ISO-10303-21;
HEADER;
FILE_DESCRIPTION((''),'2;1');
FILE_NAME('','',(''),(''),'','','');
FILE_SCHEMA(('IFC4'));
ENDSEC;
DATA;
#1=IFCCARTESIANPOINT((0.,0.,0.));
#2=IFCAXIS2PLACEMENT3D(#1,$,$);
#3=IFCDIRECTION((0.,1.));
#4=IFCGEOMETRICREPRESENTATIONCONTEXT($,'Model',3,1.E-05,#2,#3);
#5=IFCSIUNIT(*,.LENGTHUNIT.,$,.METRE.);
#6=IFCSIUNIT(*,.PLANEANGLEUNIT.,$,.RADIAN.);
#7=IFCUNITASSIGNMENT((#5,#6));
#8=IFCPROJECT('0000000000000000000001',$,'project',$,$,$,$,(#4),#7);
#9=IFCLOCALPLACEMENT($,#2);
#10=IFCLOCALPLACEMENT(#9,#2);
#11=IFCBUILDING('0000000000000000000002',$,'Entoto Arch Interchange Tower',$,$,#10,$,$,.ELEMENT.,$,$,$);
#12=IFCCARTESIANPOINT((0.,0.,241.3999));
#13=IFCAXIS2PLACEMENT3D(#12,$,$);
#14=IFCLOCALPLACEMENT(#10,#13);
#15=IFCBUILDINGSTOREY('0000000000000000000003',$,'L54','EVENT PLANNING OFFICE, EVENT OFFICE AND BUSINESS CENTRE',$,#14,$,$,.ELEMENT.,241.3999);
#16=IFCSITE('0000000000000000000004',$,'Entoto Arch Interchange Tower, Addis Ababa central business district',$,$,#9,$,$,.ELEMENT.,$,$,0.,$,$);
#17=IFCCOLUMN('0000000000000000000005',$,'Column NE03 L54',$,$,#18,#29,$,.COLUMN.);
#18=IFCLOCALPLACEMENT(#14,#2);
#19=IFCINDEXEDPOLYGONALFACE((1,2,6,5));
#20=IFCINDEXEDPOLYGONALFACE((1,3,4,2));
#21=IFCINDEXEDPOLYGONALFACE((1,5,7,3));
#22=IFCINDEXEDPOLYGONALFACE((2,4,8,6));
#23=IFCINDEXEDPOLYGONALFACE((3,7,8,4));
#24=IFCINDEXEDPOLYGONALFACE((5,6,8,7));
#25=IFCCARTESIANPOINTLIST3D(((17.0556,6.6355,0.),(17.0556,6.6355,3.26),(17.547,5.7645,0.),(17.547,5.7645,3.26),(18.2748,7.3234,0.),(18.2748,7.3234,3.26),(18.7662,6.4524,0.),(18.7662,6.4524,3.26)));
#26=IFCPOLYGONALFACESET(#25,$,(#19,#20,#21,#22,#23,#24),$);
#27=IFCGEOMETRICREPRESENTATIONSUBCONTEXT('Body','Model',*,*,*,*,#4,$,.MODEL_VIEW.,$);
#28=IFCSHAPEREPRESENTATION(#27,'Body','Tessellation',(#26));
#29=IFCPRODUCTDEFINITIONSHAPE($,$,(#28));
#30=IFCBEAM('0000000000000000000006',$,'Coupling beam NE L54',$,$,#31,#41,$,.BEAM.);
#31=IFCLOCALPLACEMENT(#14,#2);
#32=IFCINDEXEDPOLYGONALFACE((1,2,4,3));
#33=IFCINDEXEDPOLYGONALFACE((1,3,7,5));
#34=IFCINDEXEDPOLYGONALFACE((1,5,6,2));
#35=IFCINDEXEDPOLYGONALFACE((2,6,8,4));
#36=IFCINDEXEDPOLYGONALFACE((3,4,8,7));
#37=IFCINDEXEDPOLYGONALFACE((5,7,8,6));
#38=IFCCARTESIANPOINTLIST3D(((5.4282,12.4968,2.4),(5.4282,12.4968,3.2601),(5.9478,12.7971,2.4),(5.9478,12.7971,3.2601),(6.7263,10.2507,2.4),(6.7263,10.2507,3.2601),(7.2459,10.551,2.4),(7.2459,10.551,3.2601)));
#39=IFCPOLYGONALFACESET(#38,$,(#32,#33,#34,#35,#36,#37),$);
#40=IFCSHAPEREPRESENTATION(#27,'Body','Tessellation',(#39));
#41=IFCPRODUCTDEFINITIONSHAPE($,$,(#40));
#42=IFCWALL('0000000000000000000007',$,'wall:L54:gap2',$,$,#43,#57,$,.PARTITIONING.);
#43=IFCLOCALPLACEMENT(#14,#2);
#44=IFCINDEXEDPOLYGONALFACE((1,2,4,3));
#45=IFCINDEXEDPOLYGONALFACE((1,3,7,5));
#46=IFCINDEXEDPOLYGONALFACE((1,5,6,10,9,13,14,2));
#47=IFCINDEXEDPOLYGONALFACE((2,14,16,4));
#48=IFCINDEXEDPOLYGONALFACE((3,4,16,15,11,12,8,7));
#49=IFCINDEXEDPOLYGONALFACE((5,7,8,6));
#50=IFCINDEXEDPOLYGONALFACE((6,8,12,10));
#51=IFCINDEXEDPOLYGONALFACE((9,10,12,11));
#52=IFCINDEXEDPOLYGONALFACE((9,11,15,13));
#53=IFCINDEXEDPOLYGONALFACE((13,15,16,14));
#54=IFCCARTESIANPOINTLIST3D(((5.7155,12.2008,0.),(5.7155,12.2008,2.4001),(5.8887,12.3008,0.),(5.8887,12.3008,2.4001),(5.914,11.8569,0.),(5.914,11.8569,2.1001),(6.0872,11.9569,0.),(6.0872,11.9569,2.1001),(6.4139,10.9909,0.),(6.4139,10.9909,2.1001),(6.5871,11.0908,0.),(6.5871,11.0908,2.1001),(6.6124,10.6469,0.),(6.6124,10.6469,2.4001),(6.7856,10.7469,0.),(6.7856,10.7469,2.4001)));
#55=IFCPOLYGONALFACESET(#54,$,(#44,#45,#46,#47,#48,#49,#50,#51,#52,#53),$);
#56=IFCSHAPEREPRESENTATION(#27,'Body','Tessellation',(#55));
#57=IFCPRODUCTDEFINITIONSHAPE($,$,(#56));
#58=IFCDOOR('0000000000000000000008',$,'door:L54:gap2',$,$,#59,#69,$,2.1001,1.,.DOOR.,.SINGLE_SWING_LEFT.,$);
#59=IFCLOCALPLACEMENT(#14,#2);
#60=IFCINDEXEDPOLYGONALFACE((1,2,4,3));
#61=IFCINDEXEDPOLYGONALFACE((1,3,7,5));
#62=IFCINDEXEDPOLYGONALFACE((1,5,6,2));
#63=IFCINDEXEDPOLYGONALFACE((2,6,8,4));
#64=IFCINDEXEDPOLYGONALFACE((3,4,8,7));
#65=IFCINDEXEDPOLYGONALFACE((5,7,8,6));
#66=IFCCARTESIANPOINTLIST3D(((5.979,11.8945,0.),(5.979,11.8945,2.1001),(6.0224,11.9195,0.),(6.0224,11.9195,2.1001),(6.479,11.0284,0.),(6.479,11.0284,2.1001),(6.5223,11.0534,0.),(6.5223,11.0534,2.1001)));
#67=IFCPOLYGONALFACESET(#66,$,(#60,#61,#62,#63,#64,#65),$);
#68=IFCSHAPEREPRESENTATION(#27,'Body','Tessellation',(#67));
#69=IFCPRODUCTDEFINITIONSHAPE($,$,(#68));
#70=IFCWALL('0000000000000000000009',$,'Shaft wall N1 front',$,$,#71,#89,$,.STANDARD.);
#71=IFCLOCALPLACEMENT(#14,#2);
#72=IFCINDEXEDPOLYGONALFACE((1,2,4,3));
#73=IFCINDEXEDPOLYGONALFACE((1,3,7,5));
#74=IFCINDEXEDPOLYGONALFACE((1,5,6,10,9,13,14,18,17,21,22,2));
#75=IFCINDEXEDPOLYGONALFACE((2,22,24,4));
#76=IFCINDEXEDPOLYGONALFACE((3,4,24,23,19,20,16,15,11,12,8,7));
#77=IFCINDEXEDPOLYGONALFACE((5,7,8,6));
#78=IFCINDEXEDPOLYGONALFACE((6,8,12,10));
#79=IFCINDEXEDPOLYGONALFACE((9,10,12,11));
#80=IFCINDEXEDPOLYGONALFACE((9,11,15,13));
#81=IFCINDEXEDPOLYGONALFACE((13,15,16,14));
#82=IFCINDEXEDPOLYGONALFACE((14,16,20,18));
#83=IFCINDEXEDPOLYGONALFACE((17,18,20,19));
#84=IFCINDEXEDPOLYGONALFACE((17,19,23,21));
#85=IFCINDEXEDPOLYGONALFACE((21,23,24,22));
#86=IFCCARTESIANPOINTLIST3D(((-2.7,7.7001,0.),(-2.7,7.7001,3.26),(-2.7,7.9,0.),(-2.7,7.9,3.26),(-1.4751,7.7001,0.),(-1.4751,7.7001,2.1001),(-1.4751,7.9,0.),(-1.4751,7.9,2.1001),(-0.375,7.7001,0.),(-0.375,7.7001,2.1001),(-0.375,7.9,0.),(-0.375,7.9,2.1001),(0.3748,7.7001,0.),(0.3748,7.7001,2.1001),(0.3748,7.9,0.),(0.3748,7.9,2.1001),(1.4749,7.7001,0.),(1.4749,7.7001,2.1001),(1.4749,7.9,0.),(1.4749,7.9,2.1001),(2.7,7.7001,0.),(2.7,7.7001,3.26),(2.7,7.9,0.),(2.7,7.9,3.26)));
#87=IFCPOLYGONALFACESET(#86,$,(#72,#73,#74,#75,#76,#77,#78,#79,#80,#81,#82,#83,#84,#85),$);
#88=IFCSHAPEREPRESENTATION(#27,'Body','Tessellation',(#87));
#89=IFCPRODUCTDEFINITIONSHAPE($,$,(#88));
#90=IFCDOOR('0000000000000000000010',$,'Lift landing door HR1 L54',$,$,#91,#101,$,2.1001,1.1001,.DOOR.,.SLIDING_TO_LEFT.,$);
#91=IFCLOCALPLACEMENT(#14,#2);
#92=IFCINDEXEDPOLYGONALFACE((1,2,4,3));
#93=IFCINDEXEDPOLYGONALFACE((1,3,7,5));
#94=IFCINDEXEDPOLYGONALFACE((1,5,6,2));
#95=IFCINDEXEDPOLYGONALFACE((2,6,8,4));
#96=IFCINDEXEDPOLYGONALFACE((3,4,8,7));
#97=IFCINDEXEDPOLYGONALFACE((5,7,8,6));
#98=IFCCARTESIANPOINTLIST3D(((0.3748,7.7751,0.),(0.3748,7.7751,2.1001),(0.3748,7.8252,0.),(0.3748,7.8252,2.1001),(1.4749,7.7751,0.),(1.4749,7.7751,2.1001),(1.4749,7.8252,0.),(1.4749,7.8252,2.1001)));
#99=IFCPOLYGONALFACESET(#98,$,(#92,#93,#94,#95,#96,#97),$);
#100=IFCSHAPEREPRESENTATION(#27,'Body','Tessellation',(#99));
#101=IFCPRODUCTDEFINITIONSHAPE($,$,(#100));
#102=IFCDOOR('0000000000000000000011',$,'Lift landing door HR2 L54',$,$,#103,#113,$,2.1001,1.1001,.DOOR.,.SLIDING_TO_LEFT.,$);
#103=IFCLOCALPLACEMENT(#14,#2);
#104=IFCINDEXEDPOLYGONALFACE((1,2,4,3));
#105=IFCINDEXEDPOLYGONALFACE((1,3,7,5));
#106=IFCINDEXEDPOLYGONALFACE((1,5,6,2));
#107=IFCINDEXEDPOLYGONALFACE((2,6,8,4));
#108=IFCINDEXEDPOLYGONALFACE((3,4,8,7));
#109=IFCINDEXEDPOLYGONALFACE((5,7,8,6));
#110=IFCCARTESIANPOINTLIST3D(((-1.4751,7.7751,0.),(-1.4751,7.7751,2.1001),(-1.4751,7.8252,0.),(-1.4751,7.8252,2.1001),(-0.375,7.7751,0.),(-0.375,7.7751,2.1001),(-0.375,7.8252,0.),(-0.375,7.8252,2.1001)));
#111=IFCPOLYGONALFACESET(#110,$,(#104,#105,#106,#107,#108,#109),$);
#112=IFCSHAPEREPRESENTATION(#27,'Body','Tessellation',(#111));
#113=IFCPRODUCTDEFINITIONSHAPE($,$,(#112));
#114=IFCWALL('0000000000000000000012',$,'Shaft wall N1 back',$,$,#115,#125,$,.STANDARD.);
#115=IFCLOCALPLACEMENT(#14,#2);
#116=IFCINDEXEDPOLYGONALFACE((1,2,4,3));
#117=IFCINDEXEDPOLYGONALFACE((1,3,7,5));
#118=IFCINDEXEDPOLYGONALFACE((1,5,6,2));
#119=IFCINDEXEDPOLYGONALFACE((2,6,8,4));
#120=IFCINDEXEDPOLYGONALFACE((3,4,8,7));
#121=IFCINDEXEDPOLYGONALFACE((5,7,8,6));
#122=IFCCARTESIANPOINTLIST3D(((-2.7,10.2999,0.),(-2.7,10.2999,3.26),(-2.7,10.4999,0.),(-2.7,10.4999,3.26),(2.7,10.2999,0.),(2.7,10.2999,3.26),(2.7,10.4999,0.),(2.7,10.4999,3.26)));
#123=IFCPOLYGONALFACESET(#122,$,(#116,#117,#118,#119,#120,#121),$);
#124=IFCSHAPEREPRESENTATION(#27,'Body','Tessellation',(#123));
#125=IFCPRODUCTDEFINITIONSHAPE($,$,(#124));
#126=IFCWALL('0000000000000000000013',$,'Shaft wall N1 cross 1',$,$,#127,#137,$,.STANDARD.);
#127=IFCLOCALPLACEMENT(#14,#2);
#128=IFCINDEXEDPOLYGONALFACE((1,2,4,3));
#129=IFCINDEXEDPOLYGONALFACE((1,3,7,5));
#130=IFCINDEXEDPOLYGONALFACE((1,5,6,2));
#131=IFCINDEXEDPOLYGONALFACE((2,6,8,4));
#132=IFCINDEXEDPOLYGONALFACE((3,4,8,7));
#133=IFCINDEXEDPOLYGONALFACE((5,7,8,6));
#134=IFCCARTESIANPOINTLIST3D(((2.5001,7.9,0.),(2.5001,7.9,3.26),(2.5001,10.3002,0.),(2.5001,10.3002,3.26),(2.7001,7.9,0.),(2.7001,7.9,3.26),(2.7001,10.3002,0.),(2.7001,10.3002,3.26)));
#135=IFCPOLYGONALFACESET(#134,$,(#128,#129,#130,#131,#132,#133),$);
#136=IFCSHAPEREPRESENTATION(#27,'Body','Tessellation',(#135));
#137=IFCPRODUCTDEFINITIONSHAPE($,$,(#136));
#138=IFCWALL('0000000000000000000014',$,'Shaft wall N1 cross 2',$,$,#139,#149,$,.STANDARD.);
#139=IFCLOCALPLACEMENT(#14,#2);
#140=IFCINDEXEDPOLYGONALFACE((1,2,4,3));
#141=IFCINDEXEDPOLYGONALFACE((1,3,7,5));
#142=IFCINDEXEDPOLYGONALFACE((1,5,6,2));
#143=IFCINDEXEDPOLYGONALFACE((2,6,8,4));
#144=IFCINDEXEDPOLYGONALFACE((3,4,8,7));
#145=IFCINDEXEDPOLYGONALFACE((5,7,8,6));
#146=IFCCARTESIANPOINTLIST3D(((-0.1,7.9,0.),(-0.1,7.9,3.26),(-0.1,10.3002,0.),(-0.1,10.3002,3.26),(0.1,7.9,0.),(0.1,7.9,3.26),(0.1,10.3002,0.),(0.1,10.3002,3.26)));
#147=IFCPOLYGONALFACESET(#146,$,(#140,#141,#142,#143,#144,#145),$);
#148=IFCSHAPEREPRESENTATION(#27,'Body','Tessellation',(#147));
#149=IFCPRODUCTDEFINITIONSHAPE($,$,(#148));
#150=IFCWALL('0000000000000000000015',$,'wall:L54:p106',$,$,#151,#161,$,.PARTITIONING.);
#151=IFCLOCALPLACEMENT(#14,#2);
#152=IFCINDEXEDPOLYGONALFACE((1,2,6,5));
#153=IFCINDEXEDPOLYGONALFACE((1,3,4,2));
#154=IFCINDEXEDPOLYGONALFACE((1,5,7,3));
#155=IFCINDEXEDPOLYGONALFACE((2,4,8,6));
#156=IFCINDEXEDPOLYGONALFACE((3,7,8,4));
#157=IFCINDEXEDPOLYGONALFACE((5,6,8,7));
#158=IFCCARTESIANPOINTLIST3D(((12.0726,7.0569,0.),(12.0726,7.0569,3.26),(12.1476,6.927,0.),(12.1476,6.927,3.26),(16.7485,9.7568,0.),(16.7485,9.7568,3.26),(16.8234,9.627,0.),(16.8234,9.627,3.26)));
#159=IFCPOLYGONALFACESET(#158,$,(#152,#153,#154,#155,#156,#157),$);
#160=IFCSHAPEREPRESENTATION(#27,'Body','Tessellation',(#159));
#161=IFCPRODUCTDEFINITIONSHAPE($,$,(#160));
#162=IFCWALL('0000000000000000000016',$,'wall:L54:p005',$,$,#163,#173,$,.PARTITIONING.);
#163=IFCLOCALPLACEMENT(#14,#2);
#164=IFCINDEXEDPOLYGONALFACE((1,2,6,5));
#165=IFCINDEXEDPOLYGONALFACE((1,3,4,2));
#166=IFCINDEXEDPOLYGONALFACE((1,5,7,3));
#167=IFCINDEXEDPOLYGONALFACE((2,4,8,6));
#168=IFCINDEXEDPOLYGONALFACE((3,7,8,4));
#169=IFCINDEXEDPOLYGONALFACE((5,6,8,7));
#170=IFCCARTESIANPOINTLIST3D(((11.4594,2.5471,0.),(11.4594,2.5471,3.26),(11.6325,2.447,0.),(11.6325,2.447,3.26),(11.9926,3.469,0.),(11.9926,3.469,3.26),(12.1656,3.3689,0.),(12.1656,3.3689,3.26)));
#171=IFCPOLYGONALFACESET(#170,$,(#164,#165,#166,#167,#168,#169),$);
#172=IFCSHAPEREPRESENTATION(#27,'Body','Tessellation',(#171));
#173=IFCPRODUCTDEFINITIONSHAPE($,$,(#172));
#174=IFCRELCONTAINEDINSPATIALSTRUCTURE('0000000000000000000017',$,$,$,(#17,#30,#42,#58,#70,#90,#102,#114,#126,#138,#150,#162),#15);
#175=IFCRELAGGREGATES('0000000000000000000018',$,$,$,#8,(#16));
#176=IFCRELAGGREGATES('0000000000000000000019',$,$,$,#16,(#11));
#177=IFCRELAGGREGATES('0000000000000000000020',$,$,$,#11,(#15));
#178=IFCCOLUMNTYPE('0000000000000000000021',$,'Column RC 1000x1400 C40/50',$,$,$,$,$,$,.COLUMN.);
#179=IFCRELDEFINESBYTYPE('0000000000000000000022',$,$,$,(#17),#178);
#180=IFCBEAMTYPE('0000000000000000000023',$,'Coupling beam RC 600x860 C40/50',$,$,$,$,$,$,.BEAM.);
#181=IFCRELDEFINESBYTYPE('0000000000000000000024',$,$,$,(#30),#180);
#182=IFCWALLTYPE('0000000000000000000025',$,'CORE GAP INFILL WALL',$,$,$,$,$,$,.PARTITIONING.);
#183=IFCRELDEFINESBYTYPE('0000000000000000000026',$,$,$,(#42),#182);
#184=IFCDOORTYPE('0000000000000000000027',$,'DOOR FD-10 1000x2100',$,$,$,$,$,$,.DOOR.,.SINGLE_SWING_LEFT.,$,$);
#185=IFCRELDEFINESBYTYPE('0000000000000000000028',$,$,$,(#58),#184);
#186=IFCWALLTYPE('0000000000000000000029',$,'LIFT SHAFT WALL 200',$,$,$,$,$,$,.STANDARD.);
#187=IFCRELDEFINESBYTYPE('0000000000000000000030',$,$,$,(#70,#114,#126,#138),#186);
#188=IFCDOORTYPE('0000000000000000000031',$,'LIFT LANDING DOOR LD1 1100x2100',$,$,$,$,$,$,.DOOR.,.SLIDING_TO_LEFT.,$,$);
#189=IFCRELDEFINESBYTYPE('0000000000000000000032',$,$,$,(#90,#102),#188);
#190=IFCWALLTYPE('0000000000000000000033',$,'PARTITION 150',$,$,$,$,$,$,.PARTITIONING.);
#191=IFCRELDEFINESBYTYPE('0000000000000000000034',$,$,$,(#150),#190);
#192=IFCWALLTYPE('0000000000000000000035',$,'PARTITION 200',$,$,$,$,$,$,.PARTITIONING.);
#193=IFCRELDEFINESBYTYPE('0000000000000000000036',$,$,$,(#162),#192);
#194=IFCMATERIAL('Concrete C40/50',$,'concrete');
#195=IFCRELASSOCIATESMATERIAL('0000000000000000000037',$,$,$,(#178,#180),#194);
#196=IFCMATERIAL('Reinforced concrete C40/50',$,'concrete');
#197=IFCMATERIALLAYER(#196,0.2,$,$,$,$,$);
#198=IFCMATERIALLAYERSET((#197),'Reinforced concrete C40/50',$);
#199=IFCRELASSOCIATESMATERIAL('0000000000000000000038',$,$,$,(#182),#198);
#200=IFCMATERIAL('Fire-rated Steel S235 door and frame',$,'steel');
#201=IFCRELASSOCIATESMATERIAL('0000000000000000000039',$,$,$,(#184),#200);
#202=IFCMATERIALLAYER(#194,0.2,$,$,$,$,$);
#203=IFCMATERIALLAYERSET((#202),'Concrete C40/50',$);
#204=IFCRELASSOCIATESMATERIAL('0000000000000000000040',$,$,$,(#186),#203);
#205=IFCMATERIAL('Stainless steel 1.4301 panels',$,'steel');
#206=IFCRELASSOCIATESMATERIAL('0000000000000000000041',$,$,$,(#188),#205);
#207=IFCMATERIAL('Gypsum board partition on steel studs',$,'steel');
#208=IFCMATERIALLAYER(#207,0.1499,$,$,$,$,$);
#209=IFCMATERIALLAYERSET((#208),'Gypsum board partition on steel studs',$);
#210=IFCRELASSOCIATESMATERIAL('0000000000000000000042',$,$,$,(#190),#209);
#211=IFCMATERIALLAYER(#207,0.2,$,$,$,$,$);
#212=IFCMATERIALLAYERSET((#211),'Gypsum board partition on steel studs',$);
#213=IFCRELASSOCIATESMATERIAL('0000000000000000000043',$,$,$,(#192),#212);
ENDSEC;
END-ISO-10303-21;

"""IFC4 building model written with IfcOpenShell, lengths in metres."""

from ifc_helpers import new_model, si_unit, direction, frame, frame_2d, origin, origin_2d, place, context, subcontext, project, spatial, rectangle, extrude, material, layer, layer_set, material_profile, profile_set, type_object, element, fill, save


model = new_model("IFC4")

# Units and contexts
model_context = context("Model", 3, precision=1e-05, world=origin(), true_north=direction((0.0, 1.0)))
body_context = subcontext(model_context, "Body", "Model", "MODEL_VIEW")
ifc_project = project(units=[si_unit("LENGTHUNIT", "METRE"), si_unit("PLANEANGLEUNIT", "RADIAN")], contexts=[model_context])

# Site, building, storey
site_placement = place(None, origin())
site = spatial("IfcSite", under=ifc_project, at=site_placement, Name="Entoto Arch Interchange Tower, Addis Ababa central business district", CompositionType="ELEMENT", RefElevation=0.0)
building_placement = place(site_placement, origin())
building = spatial("IfcBuilding", under=site, at=building_placement, Name="Entoto Arch Interchange Tower", CompositionType="ELEMENT")
storey_placement = place(building_placement, frame((0.0, 0.0, 241.3999)))
storey = spatial("IfcBuildingStorey", under=building, at=storey_placement, Name="L54", Description="EVENT PLANNING OFFICE, EVENT OFFICE AND BUSINESS CENTRE", CompositionType="ELEMENT", Elevation=241.3999)

# Column
ifc_material_1 = material(Name="Concrete C40/50", Category="concrete")
ifc_material_profile_1 = material_profile(ifc_material_1, rectangle(XDim=1.0, YDim=1.3999, at=origin_2d()))
ifc_profile_set_1 = profile_set([ifc_material_profile_1], Name="Concrete C40/50")
column_type = type_object("IfcColumnType", Name="Column RC 1000x1400 C40/50", PredefinedType="COLUMN", material=ifc_profile_set_1)
column_placement = place(storey_placement, frame((17.9109, 6.5439, 0.0), z_axis=(0.0, 0.0, 1.0), x_axis=(-0.491375, 0.870948, 0.0)))
element("IfcColumn", 1, at=column_placement, inside=storey, type_object=column_type, Name="Column NE03 L54", PredefinedType="COLUMN", context=body_context, shape_type="SweptSolid", body=[
    extrude(rectangle(XDim=1.0, YDim=1.3999, at=origin_2d()), origin(), (0.0, 0.0, 1.0), 3.26),
])

# Beam
ifc_material_profile_2 = material_profile(ifc_material_1, rectangle(XDim=0.6001, YDim=0.8601, at=origin_2d()))
ifc_profile_set_2 = profile_set([ifc_material_profile_2], Name="Concrete C40/50")
beam_type = type_object("IfcBeamType", Name="Coupling beam RC 600x860 C40/50", PredefinedType="BEAM", material=ifc_profile_set_2)
beam_placement = place(storey_placement, frame((6.9861, 10.4009, 2.8301), z_axis=(-0.50038, 0.865806, 0.0), x_axis=(-0.865806, -0.50038, 0.0)))
element("IfcBeam", 2, at=beam_placement, inside=storey, type_object=beam_type, Name="Coupling beam NE L54", PredefinedType="BEAM", context=body_context, shape_type="SweptSolid", body=[
    extrude(rectangle(XDim=0.6001, YDim=0.8601, at=origin_2d()), origin(), (0.0, 0.0, 1.0), 2.5942),
])

# Wall, opening, door
ifc_material_2 = material(Name="Reinforced concrete C40/50", Category="concrete")
ifc_layer_1 = layer(ifc_material_2, 0.2)
ifc_layer_set_1 = layer_set([ifc_layer_1], Name="Reinforced concrete C40/50")
wall_type_1 = type_object("IfcWallType", Name="CORE GAP INFILL WALL", PredefinedType="PARTITIONING", material=ifc_layer_set_1)
wall_1_placement = place(storey_placement, frame((6.699, 10.697, 0.0), z_axis=(0.0, 0.0, 1.0), x_axis=(-0.499915, 0.866075, 0.0)))
wall_1 = element("IfcWall", 3, at=wall_1_placement, inside=storey, type_object=wall_type_1, Name="wall:L54:gap2", PredefinedType="PARTITIONING", context=body_context, shape_type="SweptSolid", body=[
    extrude(rectangle(XDim=1.7942, YDim=0.2, at=frame_2d((0.897, 0.0))), origin(), (0.0, 0.0, 1.0), 2.4001),
])
opening_1_placement = place(wall_1_placement, frame((0.397, 0.0, 0.0)))
opening_1 = element("IfcOpeningElement", 4, at=opening_1_placement, cuts=wall_1, PredefinedType="OPENING", context=body_context, shape_type="SweptSolid", body=[
    extrude(rectangle(XDim=1.0, YDim=2.1001, at=frame_2d((0.5, 1.05))), frame((0.0, 0.1099, 0.0), z_axis=(0.0, -1.0, 0.0), x_axis=(1.0, 0.0, 0.0)), (0.0, 0.0, 1.0), 0.22),
])
ifc_material_3 = material(Name="Fire-rated Steel S235 door and frame", Category="steel")
door_type_1 = type_object("IfcDoorType", Name="DOOR FD-10 1000x2100", OperationType="SINGLE_SWING_LEFT", PredefinedType="DOOR", material=ifc_material_3)
door_1_placement = place(opening_1_placement, origin())
door_1 = element("IfcDoor", 5, at=door_1_placement, inside=storey, type_object=door_type_1, Name="door:L54:gap2", OperationType="SINGLE_SWING_LEFT", OverallHeight=2.1001, OverallWidth=1.0, PredefinedType="DOOR", context=body_context, shape_type="SweptSolid", body=[
    extrude(rectangle(XDim=1.0, YDim=2.1001, at=frame_2d((0.5, 1.05))), frame((0.0, 0.0249, 0.0), z_axis=(0.0, -1.0, 0.0), x_axis=(1.0, 0.0, 0.0)), (0.0, 0.0, 1.0), 0.05),
])
fill(opening_1, door_1)

# Wall, openings, doors
ifc_layer_2 = layer(ifc_material_1, 0.2)
ifc_layer_set_2 = layer_set([ifc_layer_2], Name="Concrete C40/50")
wall_type_2 = type_object("IfcWallType", Name="LIFT SHAFT WALL 200", PredefinedType="STANDARD", material=ifc_layer_set_2)
wall_2_placement = place(storey_placement, frame((2.7, 7.8, 0.0), z_axis=(0.0, 0.0, 1.0), x_axis=(-1.0, 0.0, 0.0)))
wall_2 = element("IfcWall", 6, at=wall_2_placement, inside=storey, type_object=wall_type_2, Name="Shaft wall N1 front", PredefinedType="STANDARD", context=body_context, shape_type="SweptSolid", body=[
    extrude(rectangle(XDim=5.3999, YDim=0.2, at=frame_2d((2.7, 0.0))), origin(), (0.0, 0.0, 1.0), 3.26),
])
opening_2_placement = place(wall_2_placement, frame((1.2251, 0.0, 0.0)))
opening_2 = element("IfcOpeningElement", 7, at=opening_2_placement, cuts=wall_2, PredefinedType="OPENING", context=body_context, shape_type="SweptSolid", body=[
    extrude(rectangle(XDim=1.1001, YDim=2.1001, at=frame_2d((0.55, 1.05))), frame((0.0, 0.1099, 0.0), z_axis=(0.0, -1.0, 0.0), x_axis=(1.0, 0.0, 0.0)), (0.0, 0.0, 1.0), 0.22),
])
opening_3_placement = place(wall_2_placement, frame((3.075, 0.0, 0.0)))
opening_3 = element("IfcOpeningElement", 8, at=opening_3_placement, cuts=wall_2, PredefinedType="OPENING", context=body_context, shape_type="SweptSolid", body=[
    extrude(rectangle(XDim=1.1001, YDim=2.1001, at=frame_2d((0.55, 1.05))), frame((0.0, 0.1099, 0.0), z_axis=(0.0, -1.0, 0.0), x_axis=(1.0, 0.0, 0.0)), (0.0, 0.0, 1.0), 0.22),
])
ifc_material_4 = material(Name="Stainless steel 1.4301 panels", Category="steel")
door_type_2 = type_object("IfcDoorType", Name="LIFT LANDING DOOR LD1 1100x2100", OperationType="SLIDING_TO_LEFT", PredefinedType="DOOR", material=ifc_material_4)
door_2_placement = place(opening_2_placement, origin())
door_2 = element("IfcDoor", 9, at=door_2_placement, inside=storey, type_object=door_type_2, Name="Lift landing door HR1 L54", OperationType="SLIDING_TO_LEFT", OverallHeight=2.1001, OverallWidth=1.1001, PredefinedType="DOOR", context=body_context, shape_type="SweptSolid", body=[
    extrude(rectangle(XDim=1.1001, YDim=2.1001, at=frame_2d((0.55, 1.05))), frame((0.0, 0.0249, 0.0), z_axis=(0.0, -1.0, 0.0), x_axis=(1.0, 0.0, 0.0)), (0.0, 0.0, 1.0), 0.05),
])
fill(opening_2, door_2)
door_3_placement = place(opening_3_placement, origin())
door_3 = element("IfcDoor", 10, at=door_3_placement, inside=storey, type_object=door_type_2, Name="Lift landing door HR2 L54", OperationType="SLIDING_TO_LEFT", OverallHeight=2.1001, OverallWidth=1.1001, PredefinedType="DOOR", context=body_context, shape_type="SweptSolid", body=[
    extrude(rectangle(XDim=1.1001, YDim=2.1001, at=frame_2d((0.55, 1.05))), frame((0.0, 0.0249, 0.0), z_axis=(0.0, -1.0, 0.0), x_axis=(1.0, 0.0, 0.0)), (0.0, 0.0, 1.0), 0.05),
])
fill(opening_3, door_3)

# Walls
wall_3_placement = place(storey_placement, frame((2.7, 10.3999, 0.0), z_axis=(0.0, 0.0, 1.0), x_axis=(-1.0, 0.0, 0.0)))
element("IfcWall", 11, at=wall_3_placement, inside=storey, type_object=wall_type_2, Name="Shaft wall N1 back", PredefinedType="STANDARD", context=body_context, shape_type="SweptSolid", body=[
    extrude(rectangle(XDim=5.3999, YDim=0.2, at=frame_2d((2.7, 0.0))), origin(), (0.0, 0.0, 1.0), 3.26),
])
for number, where, z_axis, x_axis, name in (
    (12, (2.6001, 7.8999, 0.0), (0.0, 0.0, 1.0), (0.0, 1.0, 0.0), "Shaft wall N1 cross 1"),
    (13, (0.0, 7.8999, 0.0), (0.0, 0.0, 1.0), (0.0, 1.0, 0.0), "Shaft wall N1 cross 2"),
):
    element("IfcWall", number, at=place(storey_placement, frame(where, z_axis=z_axis, x_axis=x_axis)), inside=storey, type_object=wall_type_2, Name=name, PredefinedType="STANDARD", context=body_context, shape_type="SweptSolid", body=[
        extrude(rectangle(XDim=2.4001, YDim=0.2, at=frame_2d((1.2002, 0.0))), origin(), (0.0, 0.0, 1.0), 3.26),
    ])
ifc_material_5 = material(Name="Gypsum board partition on steel studs", Category="steel")
ifc_layer_3 = layer(ifc_material_5, 0.1499)
ifc_layer_set_3 = layer_set([ifc_layer_3], Name="Gypsum board partition on steel studs")
wall_type_3 = type_object("IfcWallType", Name="PARTITION 150", PredefinedType="PARTITIONING", material=ifc_layer_set_3)
wall_4_placement = place(storey_placement, frame((12.1101, 6.9919, 0.0), z_axis=(0.0, 0.0, 1.0), x_axis=(0.865994, 0.500054, 0.0)))
element("IfcWall", 14, at=wall_4_placement, inside=storey, type_object=wall_type_3, Name="wall:L54:p106", PredefinedType="PARTITIONING", context=body_context, shape_type="SweptSolid", body=[
    extrude(rectangle(XDim=5.3994, YDim=0.1499, at=frame_2d((2.6997, 0.0))), origin(), (0.0, 0.0, 1.0), 3.26),
])
ifc_layer_4 = layer(ifc_material_5, 0.2)
ifc_layer_set_4 = layer_set([ifc_layer_4], Name="Gypsum board partition on steel studs")
wall_type_4 = type_object("IfcWallType", Name="PARTITION 200", PredefinedType="PARTITIONING", material=ifc_layer_set_4)
wall_5_placement = place(storey_placement, frame((12.0791, 3.4189, 0.0), z_axis=(0.0, 0.0, 1.0), x_axis=(-0.500675, -0.865635, 0.0)))
element("IfcWall", 15, at=wall_5_placement, inside=storey, type_object=wall_type_4, Name="wall:L54:p005", PredefinedType="PARTITIONING", context=body_context, shape_type="SweptSolid", body=[
    extrude(rectangle(XDim=1.0649, YDim=0.2, at=frame_2d((0.5325, 0.0))), origin(), (0.0, 0.0, 1.0), 3.26),
])

save(model, "model.ifc")
